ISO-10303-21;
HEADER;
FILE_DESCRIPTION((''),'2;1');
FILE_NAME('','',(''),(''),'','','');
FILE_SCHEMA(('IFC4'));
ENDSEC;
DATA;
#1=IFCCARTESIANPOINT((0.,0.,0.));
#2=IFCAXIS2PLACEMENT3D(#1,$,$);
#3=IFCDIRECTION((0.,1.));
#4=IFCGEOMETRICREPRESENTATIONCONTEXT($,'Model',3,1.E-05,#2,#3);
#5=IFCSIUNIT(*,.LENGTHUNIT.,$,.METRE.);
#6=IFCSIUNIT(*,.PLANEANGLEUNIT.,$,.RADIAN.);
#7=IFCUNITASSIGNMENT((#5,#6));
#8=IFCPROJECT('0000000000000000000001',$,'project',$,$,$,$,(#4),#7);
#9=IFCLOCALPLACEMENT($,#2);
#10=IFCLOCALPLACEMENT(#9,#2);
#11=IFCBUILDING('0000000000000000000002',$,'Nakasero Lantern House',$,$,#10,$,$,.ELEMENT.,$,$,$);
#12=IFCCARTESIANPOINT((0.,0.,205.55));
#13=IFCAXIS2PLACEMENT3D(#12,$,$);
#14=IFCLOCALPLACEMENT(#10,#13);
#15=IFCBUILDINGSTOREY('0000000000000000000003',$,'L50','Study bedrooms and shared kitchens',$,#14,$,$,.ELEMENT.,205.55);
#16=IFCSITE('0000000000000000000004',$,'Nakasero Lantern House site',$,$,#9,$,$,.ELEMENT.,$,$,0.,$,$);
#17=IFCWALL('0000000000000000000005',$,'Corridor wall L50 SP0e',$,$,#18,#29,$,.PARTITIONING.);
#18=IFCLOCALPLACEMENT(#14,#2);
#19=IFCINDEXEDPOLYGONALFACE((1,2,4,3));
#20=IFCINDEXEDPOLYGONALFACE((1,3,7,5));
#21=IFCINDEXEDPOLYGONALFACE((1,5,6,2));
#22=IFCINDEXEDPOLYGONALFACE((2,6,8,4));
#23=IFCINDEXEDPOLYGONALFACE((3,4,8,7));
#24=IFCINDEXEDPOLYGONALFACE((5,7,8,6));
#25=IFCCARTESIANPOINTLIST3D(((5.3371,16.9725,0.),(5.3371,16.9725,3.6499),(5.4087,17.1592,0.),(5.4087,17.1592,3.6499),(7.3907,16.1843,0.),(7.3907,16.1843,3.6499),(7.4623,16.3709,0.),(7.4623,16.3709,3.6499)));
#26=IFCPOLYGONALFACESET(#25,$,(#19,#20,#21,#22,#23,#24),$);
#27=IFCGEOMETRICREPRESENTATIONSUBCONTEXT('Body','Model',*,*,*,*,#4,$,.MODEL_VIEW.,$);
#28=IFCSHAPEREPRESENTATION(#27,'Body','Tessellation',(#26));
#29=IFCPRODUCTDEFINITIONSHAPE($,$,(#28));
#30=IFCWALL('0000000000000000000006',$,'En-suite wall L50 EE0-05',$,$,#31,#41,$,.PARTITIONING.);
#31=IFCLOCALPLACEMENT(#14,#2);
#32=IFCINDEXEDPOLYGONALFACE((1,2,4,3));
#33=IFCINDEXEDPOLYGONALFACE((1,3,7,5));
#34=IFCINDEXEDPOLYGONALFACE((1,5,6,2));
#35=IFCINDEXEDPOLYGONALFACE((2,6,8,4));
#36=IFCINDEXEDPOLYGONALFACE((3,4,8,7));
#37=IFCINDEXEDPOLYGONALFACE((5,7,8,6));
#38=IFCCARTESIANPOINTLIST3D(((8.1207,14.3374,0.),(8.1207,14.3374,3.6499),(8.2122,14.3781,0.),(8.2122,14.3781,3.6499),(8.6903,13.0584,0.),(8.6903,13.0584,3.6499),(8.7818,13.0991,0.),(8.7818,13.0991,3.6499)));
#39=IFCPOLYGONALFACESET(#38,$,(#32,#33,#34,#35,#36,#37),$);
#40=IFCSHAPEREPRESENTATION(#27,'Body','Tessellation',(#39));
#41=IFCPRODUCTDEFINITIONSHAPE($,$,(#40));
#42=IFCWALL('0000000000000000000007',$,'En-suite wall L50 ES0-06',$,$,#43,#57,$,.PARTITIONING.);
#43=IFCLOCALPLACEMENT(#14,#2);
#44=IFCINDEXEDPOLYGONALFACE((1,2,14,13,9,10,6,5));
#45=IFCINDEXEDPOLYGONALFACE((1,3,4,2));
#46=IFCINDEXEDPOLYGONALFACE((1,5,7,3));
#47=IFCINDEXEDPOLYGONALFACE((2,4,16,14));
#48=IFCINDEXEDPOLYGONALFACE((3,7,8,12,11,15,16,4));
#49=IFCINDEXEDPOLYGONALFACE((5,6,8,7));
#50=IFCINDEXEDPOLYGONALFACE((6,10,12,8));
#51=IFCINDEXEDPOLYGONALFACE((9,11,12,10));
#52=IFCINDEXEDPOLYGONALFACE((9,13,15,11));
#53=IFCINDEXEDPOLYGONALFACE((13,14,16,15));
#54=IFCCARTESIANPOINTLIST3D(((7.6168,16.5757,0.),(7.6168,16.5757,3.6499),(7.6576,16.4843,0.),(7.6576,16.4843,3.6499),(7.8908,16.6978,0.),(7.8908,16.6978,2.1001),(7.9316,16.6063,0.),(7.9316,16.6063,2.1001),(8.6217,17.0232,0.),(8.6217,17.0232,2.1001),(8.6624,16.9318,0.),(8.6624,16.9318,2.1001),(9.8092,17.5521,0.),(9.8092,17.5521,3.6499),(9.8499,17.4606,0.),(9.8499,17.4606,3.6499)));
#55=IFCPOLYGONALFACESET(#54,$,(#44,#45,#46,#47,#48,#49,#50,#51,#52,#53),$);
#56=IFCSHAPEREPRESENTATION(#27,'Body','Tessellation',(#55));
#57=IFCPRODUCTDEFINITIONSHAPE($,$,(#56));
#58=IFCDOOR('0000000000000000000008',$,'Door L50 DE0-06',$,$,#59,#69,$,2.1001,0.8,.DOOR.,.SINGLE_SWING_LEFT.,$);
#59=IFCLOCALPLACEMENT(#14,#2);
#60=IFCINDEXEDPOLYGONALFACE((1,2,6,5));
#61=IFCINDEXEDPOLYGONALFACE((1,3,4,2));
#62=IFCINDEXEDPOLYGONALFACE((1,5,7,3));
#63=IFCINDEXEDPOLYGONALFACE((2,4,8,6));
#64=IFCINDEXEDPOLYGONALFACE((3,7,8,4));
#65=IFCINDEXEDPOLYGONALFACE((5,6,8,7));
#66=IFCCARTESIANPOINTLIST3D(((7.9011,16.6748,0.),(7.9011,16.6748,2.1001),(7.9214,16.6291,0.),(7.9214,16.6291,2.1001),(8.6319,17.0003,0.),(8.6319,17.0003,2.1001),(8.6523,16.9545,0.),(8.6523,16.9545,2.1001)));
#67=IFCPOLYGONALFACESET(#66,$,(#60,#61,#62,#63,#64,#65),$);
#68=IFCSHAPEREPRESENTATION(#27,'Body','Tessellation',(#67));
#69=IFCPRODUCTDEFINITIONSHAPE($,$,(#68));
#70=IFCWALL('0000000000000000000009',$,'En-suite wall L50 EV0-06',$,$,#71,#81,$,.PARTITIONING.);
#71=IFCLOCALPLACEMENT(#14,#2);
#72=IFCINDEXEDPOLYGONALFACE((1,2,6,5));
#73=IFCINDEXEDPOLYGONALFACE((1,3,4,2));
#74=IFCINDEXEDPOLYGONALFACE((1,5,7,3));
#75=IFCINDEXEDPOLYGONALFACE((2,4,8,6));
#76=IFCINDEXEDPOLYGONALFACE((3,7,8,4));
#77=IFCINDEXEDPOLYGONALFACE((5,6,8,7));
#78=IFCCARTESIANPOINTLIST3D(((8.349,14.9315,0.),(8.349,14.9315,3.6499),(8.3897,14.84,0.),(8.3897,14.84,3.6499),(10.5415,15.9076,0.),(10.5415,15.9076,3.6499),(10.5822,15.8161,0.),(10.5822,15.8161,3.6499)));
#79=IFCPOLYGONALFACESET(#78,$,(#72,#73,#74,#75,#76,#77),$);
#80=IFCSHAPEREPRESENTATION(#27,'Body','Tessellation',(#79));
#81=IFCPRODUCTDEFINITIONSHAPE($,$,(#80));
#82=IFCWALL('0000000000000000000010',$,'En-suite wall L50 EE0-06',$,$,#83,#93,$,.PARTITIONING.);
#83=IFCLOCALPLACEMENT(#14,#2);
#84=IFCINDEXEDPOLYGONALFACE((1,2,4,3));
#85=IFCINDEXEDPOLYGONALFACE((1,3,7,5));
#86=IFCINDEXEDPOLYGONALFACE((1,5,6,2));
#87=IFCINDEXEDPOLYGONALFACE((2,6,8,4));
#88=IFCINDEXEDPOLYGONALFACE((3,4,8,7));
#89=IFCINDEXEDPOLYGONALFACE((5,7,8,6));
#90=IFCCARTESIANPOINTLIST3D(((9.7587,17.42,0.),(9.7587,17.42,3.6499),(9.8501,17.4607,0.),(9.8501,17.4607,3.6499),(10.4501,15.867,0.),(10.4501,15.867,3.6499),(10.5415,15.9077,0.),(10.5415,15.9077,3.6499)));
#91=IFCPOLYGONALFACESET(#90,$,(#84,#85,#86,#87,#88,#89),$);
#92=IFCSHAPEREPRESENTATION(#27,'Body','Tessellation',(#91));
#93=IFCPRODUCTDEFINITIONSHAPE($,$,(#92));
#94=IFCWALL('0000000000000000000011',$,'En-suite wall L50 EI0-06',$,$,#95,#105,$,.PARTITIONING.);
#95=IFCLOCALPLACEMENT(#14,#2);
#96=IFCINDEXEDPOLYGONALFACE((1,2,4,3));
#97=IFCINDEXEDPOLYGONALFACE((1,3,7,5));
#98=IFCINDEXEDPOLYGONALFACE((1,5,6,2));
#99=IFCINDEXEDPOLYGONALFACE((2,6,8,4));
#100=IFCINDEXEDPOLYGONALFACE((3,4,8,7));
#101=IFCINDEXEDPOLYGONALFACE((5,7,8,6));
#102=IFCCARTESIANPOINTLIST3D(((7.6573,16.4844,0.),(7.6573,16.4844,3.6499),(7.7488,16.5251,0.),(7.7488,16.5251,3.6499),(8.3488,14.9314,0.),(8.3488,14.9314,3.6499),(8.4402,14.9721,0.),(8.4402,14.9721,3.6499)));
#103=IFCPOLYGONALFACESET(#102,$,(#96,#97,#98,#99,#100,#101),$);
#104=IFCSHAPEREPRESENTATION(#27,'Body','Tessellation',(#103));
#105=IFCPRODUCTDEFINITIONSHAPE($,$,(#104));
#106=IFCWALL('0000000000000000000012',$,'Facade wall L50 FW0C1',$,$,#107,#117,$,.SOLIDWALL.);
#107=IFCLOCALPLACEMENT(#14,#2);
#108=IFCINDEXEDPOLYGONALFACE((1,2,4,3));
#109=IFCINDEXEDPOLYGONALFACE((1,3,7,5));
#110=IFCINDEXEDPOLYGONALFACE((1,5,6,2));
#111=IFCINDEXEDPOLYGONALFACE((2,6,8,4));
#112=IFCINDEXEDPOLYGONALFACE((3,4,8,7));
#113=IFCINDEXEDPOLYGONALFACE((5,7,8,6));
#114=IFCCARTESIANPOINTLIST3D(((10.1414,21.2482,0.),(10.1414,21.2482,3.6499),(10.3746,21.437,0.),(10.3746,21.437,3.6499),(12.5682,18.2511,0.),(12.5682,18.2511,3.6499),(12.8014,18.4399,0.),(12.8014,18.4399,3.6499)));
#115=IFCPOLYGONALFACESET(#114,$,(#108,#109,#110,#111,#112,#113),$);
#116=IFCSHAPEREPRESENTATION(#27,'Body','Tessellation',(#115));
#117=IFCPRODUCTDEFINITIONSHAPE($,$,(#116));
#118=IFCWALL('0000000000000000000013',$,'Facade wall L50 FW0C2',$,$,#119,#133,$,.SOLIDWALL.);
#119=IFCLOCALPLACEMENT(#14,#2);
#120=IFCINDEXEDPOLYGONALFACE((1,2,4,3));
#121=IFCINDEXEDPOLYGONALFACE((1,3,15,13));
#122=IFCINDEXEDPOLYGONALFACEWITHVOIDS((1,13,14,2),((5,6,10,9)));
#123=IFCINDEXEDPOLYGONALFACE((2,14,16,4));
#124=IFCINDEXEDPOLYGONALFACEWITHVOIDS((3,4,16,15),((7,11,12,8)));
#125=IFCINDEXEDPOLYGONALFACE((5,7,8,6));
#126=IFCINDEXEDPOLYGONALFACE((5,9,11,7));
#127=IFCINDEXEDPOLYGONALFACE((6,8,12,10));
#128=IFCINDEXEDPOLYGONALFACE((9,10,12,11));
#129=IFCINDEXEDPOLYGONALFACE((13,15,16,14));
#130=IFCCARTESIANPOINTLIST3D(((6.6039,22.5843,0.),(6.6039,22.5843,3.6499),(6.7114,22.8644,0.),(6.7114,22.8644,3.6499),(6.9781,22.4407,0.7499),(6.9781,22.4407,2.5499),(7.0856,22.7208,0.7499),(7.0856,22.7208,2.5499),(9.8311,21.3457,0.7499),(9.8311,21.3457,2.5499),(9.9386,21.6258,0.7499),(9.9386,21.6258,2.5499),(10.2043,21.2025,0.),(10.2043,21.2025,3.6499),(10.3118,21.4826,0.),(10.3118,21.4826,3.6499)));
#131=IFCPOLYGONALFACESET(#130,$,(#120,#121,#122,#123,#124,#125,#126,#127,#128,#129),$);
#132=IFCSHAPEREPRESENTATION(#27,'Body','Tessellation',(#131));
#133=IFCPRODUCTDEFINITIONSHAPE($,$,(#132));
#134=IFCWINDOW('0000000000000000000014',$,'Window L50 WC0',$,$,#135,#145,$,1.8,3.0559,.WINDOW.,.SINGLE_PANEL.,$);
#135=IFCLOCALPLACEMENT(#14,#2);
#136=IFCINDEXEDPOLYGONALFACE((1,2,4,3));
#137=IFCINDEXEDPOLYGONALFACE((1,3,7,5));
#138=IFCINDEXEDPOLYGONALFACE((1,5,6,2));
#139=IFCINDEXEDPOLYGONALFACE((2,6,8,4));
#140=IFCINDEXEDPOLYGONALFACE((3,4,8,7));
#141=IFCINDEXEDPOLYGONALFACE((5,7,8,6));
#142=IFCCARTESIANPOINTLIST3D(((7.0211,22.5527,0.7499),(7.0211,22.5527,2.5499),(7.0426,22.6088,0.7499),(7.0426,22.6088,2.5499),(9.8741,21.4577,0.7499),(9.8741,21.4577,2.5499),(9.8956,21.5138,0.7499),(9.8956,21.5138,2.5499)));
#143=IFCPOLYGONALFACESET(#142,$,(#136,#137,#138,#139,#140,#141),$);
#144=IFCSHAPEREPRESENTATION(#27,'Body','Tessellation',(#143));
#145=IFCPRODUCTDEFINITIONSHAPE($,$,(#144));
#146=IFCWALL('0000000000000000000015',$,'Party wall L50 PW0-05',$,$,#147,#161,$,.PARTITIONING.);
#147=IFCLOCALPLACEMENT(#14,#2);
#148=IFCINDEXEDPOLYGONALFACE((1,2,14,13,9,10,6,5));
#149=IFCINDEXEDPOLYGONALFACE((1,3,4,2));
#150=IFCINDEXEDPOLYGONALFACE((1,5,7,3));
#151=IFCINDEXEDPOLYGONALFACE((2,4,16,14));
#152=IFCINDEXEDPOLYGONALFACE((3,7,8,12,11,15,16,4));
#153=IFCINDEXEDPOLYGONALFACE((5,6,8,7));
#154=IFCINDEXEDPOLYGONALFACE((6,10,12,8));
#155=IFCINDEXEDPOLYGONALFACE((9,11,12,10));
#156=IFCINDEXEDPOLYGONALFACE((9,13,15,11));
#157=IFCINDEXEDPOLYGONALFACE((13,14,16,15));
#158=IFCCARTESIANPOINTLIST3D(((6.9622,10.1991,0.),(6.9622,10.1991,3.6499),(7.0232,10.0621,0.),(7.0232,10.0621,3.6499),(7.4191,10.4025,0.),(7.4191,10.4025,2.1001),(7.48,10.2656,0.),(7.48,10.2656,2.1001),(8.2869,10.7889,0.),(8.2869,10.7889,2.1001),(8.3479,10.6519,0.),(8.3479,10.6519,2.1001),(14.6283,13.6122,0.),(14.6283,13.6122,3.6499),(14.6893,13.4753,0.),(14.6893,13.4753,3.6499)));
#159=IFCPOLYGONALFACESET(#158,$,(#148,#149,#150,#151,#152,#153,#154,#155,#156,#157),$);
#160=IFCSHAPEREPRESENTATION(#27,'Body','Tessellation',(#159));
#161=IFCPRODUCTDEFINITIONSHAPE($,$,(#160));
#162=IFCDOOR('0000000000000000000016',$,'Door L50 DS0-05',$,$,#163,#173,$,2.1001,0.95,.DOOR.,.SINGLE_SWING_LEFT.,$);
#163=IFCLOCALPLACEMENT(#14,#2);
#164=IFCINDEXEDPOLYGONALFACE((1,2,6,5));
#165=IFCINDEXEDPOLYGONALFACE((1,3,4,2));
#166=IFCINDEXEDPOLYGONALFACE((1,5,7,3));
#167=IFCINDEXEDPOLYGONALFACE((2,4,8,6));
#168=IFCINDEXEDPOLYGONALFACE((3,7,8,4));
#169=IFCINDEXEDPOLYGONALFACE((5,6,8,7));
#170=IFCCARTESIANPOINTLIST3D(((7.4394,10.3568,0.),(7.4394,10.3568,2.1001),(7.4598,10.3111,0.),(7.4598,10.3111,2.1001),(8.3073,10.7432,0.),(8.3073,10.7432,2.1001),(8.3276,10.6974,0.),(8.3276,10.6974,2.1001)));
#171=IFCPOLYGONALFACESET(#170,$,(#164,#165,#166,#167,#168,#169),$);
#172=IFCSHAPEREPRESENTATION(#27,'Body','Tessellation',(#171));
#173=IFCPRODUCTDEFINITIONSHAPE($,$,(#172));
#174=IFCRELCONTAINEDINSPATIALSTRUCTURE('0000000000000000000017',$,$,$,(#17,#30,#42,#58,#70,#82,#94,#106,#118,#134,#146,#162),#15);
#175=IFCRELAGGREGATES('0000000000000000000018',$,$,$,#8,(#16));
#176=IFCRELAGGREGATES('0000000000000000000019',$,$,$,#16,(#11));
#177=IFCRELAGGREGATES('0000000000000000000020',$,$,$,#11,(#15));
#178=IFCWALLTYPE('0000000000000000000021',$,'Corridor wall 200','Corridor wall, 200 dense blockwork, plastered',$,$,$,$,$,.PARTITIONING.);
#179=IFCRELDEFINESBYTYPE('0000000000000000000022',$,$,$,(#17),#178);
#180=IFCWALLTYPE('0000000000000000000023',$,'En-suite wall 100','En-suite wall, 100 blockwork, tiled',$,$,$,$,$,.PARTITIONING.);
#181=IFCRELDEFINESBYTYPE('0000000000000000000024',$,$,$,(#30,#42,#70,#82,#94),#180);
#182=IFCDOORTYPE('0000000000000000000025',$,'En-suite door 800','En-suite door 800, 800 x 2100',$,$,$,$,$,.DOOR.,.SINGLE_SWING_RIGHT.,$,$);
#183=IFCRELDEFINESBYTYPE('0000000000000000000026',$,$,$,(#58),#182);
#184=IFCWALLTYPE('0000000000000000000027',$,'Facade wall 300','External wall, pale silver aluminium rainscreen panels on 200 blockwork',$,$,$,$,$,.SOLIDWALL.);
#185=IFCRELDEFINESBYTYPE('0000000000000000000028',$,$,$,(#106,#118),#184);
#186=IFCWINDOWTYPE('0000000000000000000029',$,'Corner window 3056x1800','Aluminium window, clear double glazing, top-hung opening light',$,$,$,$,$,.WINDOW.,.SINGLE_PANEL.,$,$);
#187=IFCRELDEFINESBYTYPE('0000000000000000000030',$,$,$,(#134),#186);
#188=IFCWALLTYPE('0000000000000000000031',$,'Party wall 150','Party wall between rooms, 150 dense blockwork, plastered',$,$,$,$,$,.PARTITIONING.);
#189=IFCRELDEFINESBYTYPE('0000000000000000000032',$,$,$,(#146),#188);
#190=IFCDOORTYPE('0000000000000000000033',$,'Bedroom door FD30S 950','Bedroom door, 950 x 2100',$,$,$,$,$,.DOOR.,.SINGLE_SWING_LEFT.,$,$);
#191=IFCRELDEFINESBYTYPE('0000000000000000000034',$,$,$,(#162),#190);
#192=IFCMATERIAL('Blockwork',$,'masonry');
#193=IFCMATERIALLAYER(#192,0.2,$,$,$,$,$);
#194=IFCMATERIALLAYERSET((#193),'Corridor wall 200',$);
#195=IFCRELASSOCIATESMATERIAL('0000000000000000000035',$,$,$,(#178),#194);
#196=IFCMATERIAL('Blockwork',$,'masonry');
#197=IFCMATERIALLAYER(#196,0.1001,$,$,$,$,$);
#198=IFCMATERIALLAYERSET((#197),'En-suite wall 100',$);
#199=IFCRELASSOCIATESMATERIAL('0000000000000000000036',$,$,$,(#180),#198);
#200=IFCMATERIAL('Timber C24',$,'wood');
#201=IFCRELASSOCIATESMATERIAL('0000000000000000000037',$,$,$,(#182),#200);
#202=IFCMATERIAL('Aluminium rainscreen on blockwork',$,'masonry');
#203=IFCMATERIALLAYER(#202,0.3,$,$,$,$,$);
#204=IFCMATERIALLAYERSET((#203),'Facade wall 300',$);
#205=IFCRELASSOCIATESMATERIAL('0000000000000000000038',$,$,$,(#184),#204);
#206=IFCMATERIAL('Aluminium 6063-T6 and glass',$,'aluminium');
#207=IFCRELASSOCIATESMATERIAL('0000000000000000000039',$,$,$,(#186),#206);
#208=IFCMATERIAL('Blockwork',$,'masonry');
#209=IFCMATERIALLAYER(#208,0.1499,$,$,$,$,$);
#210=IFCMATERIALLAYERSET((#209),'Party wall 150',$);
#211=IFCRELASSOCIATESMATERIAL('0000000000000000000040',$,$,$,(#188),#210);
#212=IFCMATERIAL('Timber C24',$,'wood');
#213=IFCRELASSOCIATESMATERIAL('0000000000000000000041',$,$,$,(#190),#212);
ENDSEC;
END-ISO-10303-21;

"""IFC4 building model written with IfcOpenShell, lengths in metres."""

from ifc_helpers import new_model, si_unit, direction, frame, frame_2d, origin, place, context, subcontext, project, spatial, rectangle, extrude, material, layer, layer_set, type_object, element, fill, save


model = new_model("IFC4")

# Units and contexts
model_context = context("Model", 3, precision=1e-05, world=origin(), true_north=direction((0.0, 1.0)))
body_context = subcontext(model_context, "Body", "Model", "MODEL_VIEW")
ifc_project = project(units=[si_unit("LENGTHUNIT", "METRE"), si_unit("PLANEANGLEUNIT", "RADIAN")], contexts=[model_context])

# Site, building, storey
site_placement = place(None, origin())
site = spatial("IfcSite", under=ifc_project, at=site_placement, Name="Nakasero Lantern House site", CompositionType="ELEMENT", RefElevation=0.0)
building_placement = place(site_placement, origin())
building = spatial("IfcBuilding", under=site, at=building_placement, Name="Nakasero Lantern House", CompositionType="ELEMENT")
storey_placement = place(building_placement, frame((0.0, 0.0, 205.55)))
storey = spatial("IfcBuildingStorey", under=building, at=storey_placement, Name="L50", Description="Study bedrooms and shared kitchens", CompositionType="ELEMENT", Elevation=205.55)

# Walls
ifc_material_1 = material(Name="Blockwork", Category="masonry")
ifc_layer_1 = layer(ifc_material_1, 0.2)
ifc_layer_set_1 = layer_set([ifc_layer_1], Name="Corridor wall 200")
wall_type_1 = type_object("IfcWallType", Name="Corridor wall 200", Description="Corridor wall, 200 dense blockwork, plastered", PredefinedType="PARTITIONING", material=ifc_layer_set_1)
wall_1_placement = place(storey_placement, frame((7.4265, 16.2776, 0.0), z_axis=(0.0, 0.0, 1.0), x_axis=(-0.933583, 0.358362, 0.0)))
element("IfcWall", 1, at=wall_1_placement, inside=storey, type_object=wall_type_1, Name="Corridor wall L50 SP0e", PredefinedType="PARTITIONING", context=body_context, shape_type="SweptSolid", body=[
    extrude(rectangle(XDim=2.1997, YDim=0.2, at=frame_2d((1.0999, 0.0))), origin(), (0.0, 0.0, 1.0), 3.6499),
])
ifc_material_2 = material(Name="Blockwork", Category="masonry")
ifc_layer_2 = layer(ifc_material_2, 0.1001)
ifc_layer_set_2 = layer_set([ifc_layer_2], Name="En-suite wall 100")
wall_type_2 = type_object("IfcWallType", Name="En-suite wall 100", Description="En-suite wall, 100 blockwork, tiled", PredefinedType="PARTITIONING", material=ifc_layer_set_2)
wall_2_placement = place(storey_placement, frame((8.7361, 13.0786, 0.0), z_axis=(0.0, 0.0, 1.0), x_axis=(-0.406802, 0.913516, 0.0)))
element("IfcWall", 2, at=wall_2_placement, inside=storey, type_object=wall_type_2, Name="En-suite wall L50 EE0-05", PredefinedType="PARTITIONING", context=body_context, shape_type="SweptSolid", body=[
    extrude(rectangle(XDim=1.4001, YDim=0.1001, at=frame_2d((0.7002, 0.0))), origin(), (0.0, 0.0, 1.0), 3.6499),
])

# Wall, opening, door
wall_3_placement = place(storey_placement, frame((7.6372, 16.53, 0.0), z_axis=(0.0, 0.0, 1.0), x_axis=(0.913513, 0.406809, 0.0)))
wall_3 = element("IfcWall", 3, at=wall_3_placement, inside=storey, type_object=wall_type_2, Name="En-suite wall L50 ES0-06", PredefinedType="PARTITIONING", context=body_context, shape_type="SweptSolid", body=[
    extrude(rectangle(XDim=2.3999, YDim=0.1001, at=frame_2d((1.2, 0.0))), origin(), (0.0, 0.0, 1.0), 3.6499),
])
opening_1_placement = place(wall_3_placement, frame((0.3, 0.0, 0.0)))
opening_1 = element("IfcOpeningElement", 4, at=opening_1_placement, cuts=wall_3, PredefinedType="OPENING", context=body_context, shape_type="SweptSolid", body=[
    extrude(rectangle(XDim=0.8, YDim=2.1001, at=frame_2d((0.3999, 1.05))), frame((0.0, 0.0701, 0.0), z_axis=(0.0, -1.0, 0.0), x_axis=(1.0, 0.0, 0.0)), (0.0, 0.0, 1.0), 0.1401),
])
ifc_material_3 = material(Name="Timber C24", Category="wood")
door_type_1 = type_object("IfcDoorType", Name="En-suite door 800", Description="En-suite door 800, 800 x 2100", OperationType="SINGLE_SWING_RIGHT", PredefinedType="DOOR", material=ifc_material_3)
door_1_placement = place(opening_1_placement, origin())
door_1 = element("IfcDoor", 5, at=door_1_placement, inside=storey, type_object=door_type_1, Name="Door L50 DE0-06", OperationType="SINGLE_SWING_LEFT", OverallHeight=2.1001, OverallWidth=0.8, PredefinedType="DOOR", context=body_context, shape_type="SweptSolid", body=[
    extrude(rectangle(XDim=0.8, YDim=2.1001, at=frame_2d((0.3999, 1.05))), frame((0.0, 0.0249, 0.0), z_axis=(0.0, -1.0, 0.0), x_axis=(1.0, 0.0, 0.0)), (0.0, 0.0, 1.0), 0.05),
])
fill(opening_1, door_1)

# Walls
wall_4_placement = place(storey_placement, frame((8.3694, 14.8857, 0.0), z_axis=(0.0, 0.0, 1.0), x_axis=(0.913551, 0.406724, 0.0)))
element("IfcWall", 6, at=wall_4_placement, inside=storey, type_object=wall_type_2, Name="En-suite wall L50 EV0-06", PredefinedType="PARTITIONING", context=body_context, shape_type="SweptSolid", body=[
    extrude(rectangle(XDim=2.3999, YDim=0.1001, at=frame_2d((1.2, 0.0))), origin(), (0.0, 0.0, 1.0), 3.6499),
])
for number, where, z_axis, x_axis, name in (
    (7, (10.4958, 15.8872, 0.0), (0.0, 0.0, 1.0), (-0.406725, 0.913551, 0.0), "En-suite wall L50 EE0-06"),
    (8, (8.3945, 14.9517, 0.0), (0.0, 0.0, 1.0), (-0.406725, 0.913551, 0.0), "En-suite wall L50 EI0-06"),
):
    element("IfcWall", number, at=place(storey_placement, frame(where, z_axis=z_axis, x_axis=x_axis)), inside=storey, type_object=wall_type_2, Name=name, PredefinedType="PARTITIONING", context=body_context, shape_type="SweptSolid", body=[
        extrude(rectangle(XDim=1.7, YDim=0.1001, at=frame_2d((0.8501, 0.0))), origin(), (0.0, 0.0, 1.0), 3.6499),
    ])
ifc_material_4 = material(Name="Aluminium rainscreen on blockwork", Category="masonry")
ifc_layer_3 = layer(ifc_material_4, 0.3)
ifc_layer_set_3 = layer_set([ifc_layer_3], Name="Facade wall 300")
wall_type_3 = type_object("IfcWallType", Name="Facade wall 300", Description="External wall, pale silver aluminium rainscreen panels on 200 blockwork", PredefinedType="SOLIDWALL", material=ifc_layer_set_3)
wall_5_placement = place(storey_placement, frame((12.6848, 18.3455, 0.0), z_axis=(0.0, 0.0, 1.0), x_axis=(-0.629286, 0.777174, 0.0)))
element("IfcWall", 9, at=wall_5_placement, inside=storey, type_object=wall_type_3, Name="Facade wall L50 FW0C1", PredefinedType="SOLIDWALL", context=body_context, shape_type="SweptSolid", body=[
    extrude(rectangle(XDim=3.8564, YDim=0.3, at=frame_2d((1.9282, 0.0))), origin(), (0.0, 0.0, 1.0), 3.6499),
])

# Wall, opening, window
wall_6_placement = place(storey_placement, frame((10.2581, 21.3425, 0.0), z_axis=(0.0, 0.0, 1.0), x_axis=(-0.933598, 0.358321, 0.0)))
wall_6 = element("IfcWall", 10, at=wall_6_placement, inside=storey, type_object=wall_type_3, Name="Facade wall L50 FW0C2", PredefinedType="SOLIDWALL", context=body_context, shape_type="SweptSolid", body=[
    extrude(rectangle(XDim=3.8564, YDim=0.3, at=frame_2d((1.9282, 0.0))), origin(), (0.0, 0.0, 1.0), 3.6499),
])
opening_2_placement = place(wall_6_placement, frame((0.3999, 0.0, 0.75)))
opening_2 = element("IfcOpeningElement", 11, at=opening_2_placement, cuts=wall_6, PredefinedType="OPENING", context=body_context, shape_type="SweptSolid", body=[
    extrude(rectangle(XDim=3.0559, YDim=1.8, at=frame_2d((1.5278, 0.8999))), frame((0.0, 0.1699, 0.0), z_axis=(0.0, -1.0, 0.0), x_axis=(1.0, 0.0, 0.0)), (0.0, 0.0, 1.0), 0.3401),
])
ifc_material_5 = material(Name="Aluminium 6063-T6 and glass", Category="aluminium")
window_type = type_object("IfcWindowType", Name="Corner window 3056x1800", Description="Aluminium window, clear double glazing, top-hung opening light", PartitioningType="SINGLE_PANEL", PredefinedType="WINDOW", material=ifc_material_5)
window_placement = place(opening_2_placement, origin())
window = element("IfcWindow", 12, at=window_placement, inside=storey, type_object=window_type, Name="Window L50 WC0", OverallHeight=1.8, OverallWidth=3.0559, PartitioningType="SINGLE_PANEL", PredefinedType="WINDOW", context=body_context, shape_type="SweptSolid", body=[
    extrude(rectangle(XDim=3.0559, YDim=1.8, at=frame_2d((1.5278, 0.8999))), frame((0.0, 0.03, 0.0), z_axis=(0.0, -1.0, 0.0), x_axis=(1.0, 0.0, 0.0)), (0.0, 0.0, 1.0), 0.0601),
])
fill(opening_2, window)

# Wall, opening, door
ifc_material_6 = material(Name="Blockwork", Category="masonry")
ifc_layer_4 = layer(ifc_material_6, 0.1499)
ifc_layer_set_4 = layer_set([ifc_layer_4], Name="Party wall 150")
wall_type_4 = type_object("IfcWallType", Name="Party wall 150", Description="Party wall between rooms, 150 dense blockwork, plastered", PredefinedType="PARTITIONING", material=ifc_layer_set_4)
wall_7_placement = place(storey_placement, frame((6.9927, 10.1306, 0.0), z_axis=(0.0, 0.0, 1.0), x_axis=(0.913547, 0.406732, 0.0)))
wall_7 = element("IfcWall", 13, at=wall_7_placement, inside=storey, type_object=wall_type_4, Name="Party wall L50 PW0-05", PredefinedType="PARTITIONING", context=body_context, shape_type="SweptSolid", body=[
    extrude(rectangle(XDim=8.3916, YDim=0.1499, at=frame_2d((4.1958, 0.0))), origin(), (0.0, 0.0, 1.0), 3.6499),
])
opening_3_placement = place(wall_7_placement, frame((0.5, 0.0, 0.0)))
opening_3 = element("IfcOpeningElement", 14, at=opening_3_placement, cuts=wall_7, PredefinedType="OPENING", context=body_context, shape_type="SweptSolid", body=[
    extrude(rectangle(XDim=0.95, YDim=2.1001, at=frame_2d((0.4751, 1.05))), frame((0.0, 0.095, 0.0), z_axis=(0.0, -1.0, 0.0), x_axis=(1.0, 0.0, 0.0)), (0.0, 0.0, 1.0), 0.1899),
])
ifc_material_7 = material(Name="Timber C24", Category="wood")
door_type_2 = type_object("IfcDoorType", Name="Bedroom door FD30S 950", Description="Bedroom door, 950 x 2100", OperationType="SINGLE_SWING_LEFT", PredefinedType="DOOR", material=ifc_material_7)
door_2_placement = place(opening_3_placement, origin())
door_2 = element("IfcDoor", 15, at=door_2_placement, inside=storey, type_object=door_type_2, Name="Door L50 DS0-05", OperationType="SINGLE_SWING_LEFT", OverallHeight=2.1001, OverallWidth=0.95, PredefinedType="DOOR", context=body_context, shape_type="SweptSolid", body=[
    extrude(rectangle(XDim=0.95, YDim=2.1001, at=frame_2d((0.4751, 1.05))), frame((0.0, 0.0249, 0.0), z_axis=(0.0, -1.0, 0.0), x_axis=(1.0, 0.0, 0.0)), (0.0, 0.0, 1.0), 0.05),
])
fill(opening_3, door_2)

save(model, "model.ifc")
